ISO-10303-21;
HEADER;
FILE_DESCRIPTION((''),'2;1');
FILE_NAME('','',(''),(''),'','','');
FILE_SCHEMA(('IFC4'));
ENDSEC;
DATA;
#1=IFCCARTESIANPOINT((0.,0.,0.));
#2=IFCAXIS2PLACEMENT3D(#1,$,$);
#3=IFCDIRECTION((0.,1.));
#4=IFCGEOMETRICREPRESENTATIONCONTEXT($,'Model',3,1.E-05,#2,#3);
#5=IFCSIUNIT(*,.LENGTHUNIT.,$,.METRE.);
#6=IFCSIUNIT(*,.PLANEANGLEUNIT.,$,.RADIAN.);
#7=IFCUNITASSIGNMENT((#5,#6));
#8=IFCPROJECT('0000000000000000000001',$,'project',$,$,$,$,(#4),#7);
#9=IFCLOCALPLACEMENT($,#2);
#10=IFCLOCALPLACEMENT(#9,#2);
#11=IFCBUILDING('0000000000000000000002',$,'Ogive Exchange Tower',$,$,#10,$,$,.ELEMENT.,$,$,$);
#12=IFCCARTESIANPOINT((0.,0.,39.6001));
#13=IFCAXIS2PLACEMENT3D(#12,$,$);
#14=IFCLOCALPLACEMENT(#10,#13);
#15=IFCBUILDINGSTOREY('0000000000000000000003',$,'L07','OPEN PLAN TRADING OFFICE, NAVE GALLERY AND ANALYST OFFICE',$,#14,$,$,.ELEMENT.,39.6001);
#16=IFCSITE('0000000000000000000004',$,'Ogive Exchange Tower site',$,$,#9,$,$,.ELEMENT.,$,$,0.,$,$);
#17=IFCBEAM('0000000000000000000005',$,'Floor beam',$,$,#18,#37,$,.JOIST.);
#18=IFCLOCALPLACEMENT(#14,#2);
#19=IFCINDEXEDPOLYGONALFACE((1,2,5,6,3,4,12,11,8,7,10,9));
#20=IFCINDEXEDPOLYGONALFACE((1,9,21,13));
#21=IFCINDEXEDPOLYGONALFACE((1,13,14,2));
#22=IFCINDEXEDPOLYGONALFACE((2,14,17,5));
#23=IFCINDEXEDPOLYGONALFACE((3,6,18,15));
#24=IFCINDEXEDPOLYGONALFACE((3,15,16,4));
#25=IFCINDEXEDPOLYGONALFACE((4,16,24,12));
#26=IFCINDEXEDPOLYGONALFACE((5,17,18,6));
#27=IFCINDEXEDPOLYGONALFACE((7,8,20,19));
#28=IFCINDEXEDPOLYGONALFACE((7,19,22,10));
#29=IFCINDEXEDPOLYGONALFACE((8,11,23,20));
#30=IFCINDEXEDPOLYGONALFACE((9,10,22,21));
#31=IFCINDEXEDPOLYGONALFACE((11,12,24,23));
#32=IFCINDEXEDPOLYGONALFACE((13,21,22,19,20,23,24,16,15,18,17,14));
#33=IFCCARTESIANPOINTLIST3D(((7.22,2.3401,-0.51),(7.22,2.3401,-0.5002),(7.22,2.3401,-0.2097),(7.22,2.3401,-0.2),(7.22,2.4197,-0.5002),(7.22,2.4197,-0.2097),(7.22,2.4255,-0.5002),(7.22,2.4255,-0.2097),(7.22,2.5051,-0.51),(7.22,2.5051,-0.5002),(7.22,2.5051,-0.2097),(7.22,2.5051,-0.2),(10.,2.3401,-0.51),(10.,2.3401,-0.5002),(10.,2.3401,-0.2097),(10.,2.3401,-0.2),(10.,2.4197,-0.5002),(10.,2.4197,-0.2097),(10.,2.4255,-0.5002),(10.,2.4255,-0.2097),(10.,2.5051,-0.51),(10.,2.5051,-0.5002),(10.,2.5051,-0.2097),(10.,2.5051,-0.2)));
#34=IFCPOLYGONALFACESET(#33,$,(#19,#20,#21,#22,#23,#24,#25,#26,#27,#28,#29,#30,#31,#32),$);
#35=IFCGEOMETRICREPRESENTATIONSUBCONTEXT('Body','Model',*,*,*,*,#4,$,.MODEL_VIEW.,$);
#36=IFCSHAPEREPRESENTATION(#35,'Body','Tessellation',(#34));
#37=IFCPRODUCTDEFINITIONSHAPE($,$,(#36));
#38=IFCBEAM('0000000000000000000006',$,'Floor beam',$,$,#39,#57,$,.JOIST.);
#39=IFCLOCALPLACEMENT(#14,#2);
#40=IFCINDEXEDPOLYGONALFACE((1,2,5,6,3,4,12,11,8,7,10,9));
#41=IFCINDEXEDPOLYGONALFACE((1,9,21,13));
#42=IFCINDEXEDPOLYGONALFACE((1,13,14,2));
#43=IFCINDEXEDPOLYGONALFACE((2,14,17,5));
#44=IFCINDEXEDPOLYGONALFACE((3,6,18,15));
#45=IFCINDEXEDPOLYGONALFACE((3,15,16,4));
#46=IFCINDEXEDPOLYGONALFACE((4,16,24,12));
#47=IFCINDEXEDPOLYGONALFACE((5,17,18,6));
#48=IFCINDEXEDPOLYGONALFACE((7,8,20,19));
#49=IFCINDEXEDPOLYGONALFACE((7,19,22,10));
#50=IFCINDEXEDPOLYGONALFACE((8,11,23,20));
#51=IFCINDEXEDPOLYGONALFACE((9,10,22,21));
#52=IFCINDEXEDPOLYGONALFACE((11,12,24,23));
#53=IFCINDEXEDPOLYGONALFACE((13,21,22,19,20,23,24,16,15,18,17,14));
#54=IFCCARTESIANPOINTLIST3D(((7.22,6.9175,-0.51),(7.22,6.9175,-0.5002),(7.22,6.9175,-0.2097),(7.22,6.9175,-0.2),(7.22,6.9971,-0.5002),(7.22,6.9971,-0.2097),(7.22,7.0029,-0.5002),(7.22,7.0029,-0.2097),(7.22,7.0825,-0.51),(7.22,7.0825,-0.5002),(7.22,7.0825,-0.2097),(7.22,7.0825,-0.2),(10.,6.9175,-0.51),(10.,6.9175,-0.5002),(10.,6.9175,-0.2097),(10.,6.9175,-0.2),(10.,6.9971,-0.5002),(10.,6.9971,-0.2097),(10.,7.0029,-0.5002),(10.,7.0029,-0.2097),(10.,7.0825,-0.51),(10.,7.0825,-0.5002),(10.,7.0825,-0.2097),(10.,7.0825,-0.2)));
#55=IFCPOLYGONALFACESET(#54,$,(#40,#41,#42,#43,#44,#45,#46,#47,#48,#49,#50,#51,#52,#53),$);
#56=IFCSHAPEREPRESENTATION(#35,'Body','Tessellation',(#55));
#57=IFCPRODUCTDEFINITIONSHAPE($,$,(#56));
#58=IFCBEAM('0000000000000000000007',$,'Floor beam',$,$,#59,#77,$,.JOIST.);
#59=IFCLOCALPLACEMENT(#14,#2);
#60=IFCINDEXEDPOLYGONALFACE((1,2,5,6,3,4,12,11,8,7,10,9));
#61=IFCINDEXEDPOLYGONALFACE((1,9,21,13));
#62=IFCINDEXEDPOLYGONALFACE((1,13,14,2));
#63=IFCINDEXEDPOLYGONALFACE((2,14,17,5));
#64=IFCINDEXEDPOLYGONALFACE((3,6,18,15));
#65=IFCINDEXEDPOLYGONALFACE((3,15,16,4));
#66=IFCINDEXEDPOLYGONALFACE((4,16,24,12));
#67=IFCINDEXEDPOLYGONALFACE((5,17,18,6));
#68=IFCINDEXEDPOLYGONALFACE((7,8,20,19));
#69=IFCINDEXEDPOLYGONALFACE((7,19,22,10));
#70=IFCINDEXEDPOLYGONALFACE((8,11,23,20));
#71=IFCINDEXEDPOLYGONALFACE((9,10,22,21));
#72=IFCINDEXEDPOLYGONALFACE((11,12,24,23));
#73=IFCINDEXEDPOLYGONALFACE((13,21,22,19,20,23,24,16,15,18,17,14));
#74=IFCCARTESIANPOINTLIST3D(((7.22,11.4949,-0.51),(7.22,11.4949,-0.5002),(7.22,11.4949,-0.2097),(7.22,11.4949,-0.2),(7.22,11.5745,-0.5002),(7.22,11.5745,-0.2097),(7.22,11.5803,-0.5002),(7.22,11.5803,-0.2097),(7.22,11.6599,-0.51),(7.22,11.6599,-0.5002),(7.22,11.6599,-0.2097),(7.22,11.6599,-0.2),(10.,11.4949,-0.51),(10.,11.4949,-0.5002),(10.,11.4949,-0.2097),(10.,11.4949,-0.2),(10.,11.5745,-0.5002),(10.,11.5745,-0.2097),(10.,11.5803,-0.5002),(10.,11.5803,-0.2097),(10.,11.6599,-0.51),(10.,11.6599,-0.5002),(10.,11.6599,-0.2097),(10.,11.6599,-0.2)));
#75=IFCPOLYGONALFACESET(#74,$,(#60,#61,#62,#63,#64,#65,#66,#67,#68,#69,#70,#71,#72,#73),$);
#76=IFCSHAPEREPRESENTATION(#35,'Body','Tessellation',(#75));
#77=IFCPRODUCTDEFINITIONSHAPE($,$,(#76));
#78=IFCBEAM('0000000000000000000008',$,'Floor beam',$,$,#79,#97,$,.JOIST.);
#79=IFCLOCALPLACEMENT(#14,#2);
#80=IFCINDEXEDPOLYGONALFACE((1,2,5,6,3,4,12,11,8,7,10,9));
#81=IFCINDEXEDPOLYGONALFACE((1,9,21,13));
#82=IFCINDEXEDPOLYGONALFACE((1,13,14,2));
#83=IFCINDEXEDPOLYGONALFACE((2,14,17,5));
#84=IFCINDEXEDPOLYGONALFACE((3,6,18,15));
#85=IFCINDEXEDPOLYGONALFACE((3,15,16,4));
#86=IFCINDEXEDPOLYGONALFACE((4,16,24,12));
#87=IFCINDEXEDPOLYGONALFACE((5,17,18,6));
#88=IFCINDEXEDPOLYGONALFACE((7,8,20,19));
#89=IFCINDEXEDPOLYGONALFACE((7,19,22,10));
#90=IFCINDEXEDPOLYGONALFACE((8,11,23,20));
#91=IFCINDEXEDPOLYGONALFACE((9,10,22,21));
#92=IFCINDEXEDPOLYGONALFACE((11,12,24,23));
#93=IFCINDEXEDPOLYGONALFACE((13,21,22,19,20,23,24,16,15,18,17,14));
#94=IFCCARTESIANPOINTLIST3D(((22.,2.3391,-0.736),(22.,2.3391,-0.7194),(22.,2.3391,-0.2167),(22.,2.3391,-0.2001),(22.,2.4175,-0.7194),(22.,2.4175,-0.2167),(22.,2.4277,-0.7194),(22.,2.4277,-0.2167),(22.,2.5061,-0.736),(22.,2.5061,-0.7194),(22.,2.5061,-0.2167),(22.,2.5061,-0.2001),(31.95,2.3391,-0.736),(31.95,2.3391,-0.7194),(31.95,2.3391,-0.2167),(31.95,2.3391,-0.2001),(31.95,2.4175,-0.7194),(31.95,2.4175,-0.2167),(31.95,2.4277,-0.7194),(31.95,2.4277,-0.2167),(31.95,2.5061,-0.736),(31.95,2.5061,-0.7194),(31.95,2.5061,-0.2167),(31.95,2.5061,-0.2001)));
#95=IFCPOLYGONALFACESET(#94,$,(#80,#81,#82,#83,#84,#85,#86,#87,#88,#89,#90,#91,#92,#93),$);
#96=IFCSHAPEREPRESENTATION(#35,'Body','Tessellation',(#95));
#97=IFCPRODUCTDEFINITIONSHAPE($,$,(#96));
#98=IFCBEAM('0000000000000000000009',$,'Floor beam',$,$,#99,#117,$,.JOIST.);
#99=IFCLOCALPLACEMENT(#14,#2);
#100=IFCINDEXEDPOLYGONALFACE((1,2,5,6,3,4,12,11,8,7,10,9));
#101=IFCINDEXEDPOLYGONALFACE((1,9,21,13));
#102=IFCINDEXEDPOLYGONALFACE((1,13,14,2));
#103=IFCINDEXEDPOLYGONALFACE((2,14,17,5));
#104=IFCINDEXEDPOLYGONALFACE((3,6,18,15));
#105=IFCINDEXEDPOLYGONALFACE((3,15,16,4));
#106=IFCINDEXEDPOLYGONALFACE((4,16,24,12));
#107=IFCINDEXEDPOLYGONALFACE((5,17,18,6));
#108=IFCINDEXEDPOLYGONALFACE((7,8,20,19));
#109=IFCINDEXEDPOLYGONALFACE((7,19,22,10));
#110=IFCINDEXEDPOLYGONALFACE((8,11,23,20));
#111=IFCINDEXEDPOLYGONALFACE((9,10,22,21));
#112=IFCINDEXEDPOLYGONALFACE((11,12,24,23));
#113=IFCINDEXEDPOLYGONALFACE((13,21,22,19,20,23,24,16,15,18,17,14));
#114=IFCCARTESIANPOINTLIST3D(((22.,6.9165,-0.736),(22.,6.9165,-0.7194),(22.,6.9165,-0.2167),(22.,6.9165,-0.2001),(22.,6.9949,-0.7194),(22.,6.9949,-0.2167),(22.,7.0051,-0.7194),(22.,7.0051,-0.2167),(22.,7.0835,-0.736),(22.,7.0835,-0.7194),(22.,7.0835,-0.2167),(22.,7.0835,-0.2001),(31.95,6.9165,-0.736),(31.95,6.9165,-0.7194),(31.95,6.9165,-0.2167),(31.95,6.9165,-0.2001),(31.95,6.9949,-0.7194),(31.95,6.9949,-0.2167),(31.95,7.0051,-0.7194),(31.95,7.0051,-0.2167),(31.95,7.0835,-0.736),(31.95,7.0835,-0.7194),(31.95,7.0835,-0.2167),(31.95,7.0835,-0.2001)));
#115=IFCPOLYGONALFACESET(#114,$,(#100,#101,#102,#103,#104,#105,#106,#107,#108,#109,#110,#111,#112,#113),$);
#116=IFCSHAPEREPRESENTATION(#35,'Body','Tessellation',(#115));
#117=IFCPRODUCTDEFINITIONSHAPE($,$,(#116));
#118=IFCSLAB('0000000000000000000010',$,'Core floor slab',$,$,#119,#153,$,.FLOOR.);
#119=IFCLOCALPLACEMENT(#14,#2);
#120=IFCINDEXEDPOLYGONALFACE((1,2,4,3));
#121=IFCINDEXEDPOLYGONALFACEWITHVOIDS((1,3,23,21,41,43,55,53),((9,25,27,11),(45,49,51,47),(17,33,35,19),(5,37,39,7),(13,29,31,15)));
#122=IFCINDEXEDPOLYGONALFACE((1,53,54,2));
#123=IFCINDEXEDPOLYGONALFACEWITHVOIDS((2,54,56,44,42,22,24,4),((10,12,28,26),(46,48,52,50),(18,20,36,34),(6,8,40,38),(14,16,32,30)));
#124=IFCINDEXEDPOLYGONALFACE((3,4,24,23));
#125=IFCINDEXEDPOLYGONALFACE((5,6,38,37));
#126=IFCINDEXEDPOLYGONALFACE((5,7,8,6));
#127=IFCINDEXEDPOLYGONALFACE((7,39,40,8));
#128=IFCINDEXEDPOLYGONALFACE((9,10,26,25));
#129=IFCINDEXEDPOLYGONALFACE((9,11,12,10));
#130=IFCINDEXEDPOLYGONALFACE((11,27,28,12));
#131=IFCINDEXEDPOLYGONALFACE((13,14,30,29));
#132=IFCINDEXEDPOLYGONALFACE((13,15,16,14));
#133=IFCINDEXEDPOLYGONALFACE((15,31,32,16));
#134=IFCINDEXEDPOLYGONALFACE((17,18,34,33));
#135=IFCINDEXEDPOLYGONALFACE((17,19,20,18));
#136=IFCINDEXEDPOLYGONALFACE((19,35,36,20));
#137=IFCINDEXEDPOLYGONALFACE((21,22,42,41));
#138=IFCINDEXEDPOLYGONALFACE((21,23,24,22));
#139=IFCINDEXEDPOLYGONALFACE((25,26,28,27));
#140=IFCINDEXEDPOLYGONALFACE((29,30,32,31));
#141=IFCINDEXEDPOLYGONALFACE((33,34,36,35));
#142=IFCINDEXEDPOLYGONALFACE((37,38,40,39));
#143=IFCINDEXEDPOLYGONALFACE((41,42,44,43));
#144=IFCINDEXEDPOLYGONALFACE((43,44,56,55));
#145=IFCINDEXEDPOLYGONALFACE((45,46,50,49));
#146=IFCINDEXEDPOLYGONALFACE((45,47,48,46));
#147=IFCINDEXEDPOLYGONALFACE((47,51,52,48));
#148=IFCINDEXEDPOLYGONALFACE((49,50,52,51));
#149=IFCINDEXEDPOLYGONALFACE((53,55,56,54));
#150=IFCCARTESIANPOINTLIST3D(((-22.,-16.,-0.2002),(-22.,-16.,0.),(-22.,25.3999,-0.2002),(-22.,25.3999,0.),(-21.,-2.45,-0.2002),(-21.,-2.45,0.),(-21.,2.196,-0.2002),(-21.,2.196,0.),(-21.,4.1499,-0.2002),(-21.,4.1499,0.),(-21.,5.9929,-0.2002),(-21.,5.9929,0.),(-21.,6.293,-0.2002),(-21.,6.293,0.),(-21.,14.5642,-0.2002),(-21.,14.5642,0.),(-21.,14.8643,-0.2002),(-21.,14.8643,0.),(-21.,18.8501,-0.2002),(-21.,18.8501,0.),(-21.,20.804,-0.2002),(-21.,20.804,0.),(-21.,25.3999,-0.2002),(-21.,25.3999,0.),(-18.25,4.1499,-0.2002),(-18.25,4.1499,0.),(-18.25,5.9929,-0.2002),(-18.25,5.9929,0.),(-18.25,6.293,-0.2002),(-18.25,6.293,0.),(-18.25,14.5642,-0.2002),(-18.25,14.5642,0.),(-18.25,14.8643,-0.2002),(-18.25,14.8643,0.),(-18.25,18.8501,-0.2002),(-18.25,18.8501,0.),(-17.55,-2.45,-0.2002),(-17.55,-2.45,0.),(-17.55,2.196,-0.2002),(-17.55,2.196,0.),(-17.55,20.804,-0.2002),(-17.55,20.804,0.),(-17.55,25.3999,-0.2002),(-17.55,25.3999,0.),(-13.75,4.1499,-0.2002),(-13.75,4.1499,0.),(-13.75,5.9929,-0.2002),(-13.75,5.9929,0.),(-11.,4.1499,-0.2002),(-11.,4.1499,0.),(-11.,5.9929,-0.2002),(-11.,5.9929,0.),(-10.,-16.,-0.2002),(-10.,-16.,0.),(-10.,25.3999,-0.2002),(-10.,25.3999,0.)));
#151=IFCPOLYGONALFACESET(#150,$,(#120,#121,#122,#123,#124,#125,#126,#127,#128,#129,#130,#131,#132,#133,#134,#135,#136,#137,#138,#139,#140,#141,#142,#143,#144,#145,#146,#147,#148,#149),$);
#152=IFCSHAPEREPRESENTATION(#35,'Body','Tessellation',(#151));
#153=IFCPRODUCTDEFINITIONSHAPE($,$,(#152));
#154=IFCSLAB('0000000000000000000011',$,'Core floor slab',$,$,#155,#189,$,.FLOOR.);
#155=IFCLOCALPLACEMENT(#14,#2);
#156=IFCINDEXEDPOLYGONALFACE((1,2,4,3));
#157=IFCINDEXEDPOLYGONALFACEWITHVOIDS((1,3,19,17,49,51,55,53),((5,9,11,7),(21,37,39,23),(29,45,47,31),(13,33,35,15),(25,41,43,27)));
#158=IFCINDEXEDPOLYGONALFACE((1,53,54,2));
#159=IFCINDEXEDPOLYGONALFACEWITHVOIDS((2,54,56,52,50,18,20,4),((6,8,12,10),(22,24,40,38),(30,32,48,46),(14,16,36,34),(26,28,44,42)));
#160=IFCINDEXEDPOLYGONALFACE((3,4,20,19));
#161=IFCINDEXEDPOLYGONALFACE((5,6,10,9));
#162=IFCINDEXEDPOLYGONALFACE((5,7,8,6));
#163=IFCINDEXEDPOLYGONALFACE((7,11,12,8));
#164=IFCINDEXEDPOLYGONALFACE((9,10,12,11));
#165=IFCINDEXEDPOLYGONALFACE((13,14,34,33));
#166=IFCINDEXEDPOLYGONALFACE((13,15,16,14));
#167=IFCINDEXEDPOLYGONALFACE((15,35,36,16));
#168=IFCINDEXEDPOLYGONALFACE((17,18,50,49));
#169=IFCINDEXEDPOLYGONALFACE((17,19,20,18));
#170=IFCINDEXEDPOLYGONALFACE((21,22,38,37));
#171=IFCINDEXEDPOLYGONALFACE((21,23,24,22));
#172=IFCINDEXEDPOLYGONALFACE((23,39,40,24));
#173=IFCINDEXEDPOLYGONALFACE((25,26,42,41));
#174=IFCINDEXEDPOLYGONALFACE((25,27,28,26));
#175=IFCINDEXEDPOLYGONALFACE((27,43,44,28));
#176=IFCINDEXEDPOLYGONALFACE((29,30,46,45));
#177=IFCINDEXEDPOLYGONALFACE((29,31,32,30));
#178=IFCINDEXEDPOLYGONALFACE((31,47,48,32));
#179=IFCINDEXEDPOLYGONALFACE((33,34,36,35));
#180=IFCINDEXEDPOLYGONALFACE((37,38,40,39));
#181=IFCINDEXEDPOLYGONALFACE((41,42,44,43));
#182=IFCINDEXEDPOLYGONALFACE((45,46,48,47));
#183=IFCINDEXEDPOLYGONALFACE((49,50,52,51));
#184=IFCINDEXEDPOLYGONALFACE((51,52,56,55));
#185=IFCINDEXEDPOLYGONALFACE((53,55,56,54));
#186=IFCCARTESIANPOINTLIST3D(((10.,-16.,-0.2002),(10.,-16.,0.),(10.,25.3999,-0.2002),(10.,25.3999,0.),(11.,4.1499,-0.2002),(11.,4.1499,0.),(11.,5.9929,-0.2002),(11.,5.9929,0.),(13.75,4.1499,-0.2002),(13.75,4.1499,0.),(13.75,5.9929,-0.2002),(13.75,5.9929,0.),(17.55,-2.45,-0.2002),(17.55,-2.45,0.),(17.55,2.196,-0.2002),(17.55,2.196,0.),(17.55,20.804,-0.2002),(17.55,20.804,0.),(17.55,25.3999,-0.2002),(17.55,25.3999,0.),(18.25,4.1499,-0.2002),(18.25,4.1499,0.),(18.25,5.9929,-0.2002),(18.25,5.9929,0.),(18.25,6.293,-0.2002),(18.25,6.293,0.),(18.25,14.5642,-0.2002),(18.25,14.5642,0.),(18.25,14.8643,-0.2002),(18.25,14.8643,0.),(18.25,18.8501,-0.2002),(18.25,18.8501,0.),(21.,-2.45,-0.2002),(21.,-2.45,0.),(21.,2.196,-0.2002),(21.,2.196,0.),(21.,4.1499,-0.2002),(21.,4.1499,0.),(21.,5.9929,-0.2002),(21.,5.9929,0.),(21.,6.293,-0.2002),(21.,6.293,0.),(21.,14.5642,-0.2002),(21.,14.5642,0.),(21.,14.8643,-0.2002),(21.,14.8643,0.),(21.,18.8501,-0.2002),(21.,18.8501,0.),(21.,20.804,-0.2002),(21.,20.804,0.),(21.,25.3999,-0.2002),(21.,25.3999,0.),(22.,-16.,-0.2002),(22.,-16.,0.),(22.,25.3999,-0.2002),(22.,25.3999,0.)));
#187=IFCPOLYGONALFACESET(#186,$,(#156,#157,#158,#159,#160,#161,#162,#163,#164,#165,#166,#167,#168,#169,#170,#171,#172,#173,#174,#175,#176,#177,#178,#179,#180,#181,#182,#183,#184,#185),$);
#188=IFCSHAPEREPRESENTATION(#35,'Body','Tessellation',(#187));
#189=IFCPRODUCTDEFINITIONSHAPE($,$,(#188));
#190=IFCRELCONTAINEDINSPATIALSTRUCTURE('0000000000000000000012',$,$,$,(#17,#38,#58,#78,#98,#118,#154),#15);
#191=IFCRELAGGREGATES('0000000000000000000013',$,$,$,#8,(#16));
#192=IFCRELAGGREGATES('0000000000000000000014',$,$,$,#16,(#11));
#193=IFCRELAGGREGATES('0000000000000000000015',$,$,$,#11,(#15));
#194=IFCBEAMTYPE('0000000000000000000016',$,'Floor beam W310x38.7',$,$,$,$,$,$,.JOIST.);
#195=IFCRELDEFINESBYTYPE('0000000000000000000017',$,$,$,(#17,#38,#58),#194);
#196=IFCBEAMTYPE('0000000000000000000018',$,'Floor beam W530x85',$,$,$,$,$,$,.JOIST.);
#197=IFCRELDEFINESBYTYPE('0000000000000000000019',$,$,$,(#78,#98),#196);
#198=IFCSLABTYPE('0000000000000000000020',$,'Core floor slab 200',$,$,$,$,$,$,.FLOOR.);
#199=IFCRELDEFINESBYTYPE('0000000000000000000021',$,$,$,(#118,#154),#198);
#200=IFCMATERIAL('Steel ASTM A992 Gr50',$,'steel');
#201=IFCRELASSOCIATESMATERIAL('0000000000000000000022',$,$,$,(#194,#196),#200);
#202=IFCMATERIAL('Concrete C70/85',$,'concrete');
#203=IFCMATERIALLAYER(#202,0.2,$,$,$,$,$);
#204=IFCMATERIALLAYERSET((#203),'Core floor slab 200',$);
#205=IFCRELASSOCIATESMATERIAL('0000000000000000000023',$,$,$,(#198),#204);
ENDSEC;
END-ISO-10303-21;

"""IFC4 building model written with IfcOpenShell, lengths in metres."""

from ifc_helpers import new_model, si_unit, direction, frame, origin, origin_2d, place, context, subcontext, project, spatial, polyline, i_section, outline, extrude, material, layer, layer_set, material_profile, profile_set, type_object, element, save


model = new_model("IFC4")

# Units and contexts
model_context = context("Model", 3, precision=1e-05, world=origin(), true_north=direction((0.0, 1.0)))
body_context = subcontext(model_context, "Body", "Model", "MODEL_VIEW")
ifc_project = project(units=[si_unit("LENGTHUNIT", "METRE"), si_unit("PLANEANGLEUNIT", "RADIAN")], contexts=[model_context])

# Site, building, storey
site_placement = place(None, origin())
site = spatial("IfcSite", under=ifc_project, at=site_placement, Name="Ogive Exchange Tower site", CompositionType="ELEMENT", RefElevation=0.0)
building_placement = place(site_placement, origin())
building = spatial("IfcBuilding", under=site, at=building_placement, Name="Ogive Exchange Tower", CompositionType="ELEMENT")
storey_placement = place(building_placement, frame((0.0, 0.0, 39.6001)))
storey = spatial("IfcBuildingStorey", under=building, at=storey_placement, Name="L07", Description="OPEN PLAN TRADING OFFICE, NAVE GALLERY AND ANALYST OFFICE", CompositionType="ELEMENT", Elevation=39.6001)

# Beams
ifc_material_1 = material(Name="Steel ASTM A992 Gr50", Category="steel")
ifc_material_profile_1 = material_profile(ifc_material_1, i_section(OverallWidth=0.165, OverallDepth=0.3101, WebThickness=0.0059, FlangeThickness=0.0098, at=origin_2d()), Name="W310x38.7")
ifc_profile_set_1 = profile_set([ifc_material_profile_1], Name="Steel ASTM A992 Gr50")
beam_type_1 = type_object("IfcBeamType", Name="Floor beam W310x38.7", PredefinedType="JOIST", material=ifc_profile_set_1)
for number, where, z_axis, x_axis, name in (
    (1, (7.22, 2.4226, -0.355), (1.0, 0.0, 0.0), (0.0, 1.0, 0.0), "Floor beam"),
    (2, (7.22, 7.0, -0.355), (1.0, 0.0, 0.0), (0.0, 1.0, 0.0), "Floor beam"),
    (3, (7.22, 11.5774, -0.355), (1.0, 0.0, 0.0), (0.0, 1.0, 0.0), "Floor beam"),
):
    element("IfcBeam", number, at=place(storey_placement, frame(where, z_axis=z_axis, x_axis=x_axis)), inside=storey, type_object=beam_type_1, Name=name, PredefinedType="JOIST", context=body_context, shape_type="SweptSolid", body=[
        extrude(i_section(OverallWidth=0.165, OverallDepth=0.3101, WebThickness=0.0059, FlangeThickness=0.0098, at=origin_2d()), origin(), (0.0, 0.0, 1.0), 2.78),
    ])
ifc_material_profile_2 = material_profile(ifc_material_1, i_section(OverallWidth=0.167, OverallDepth=0.5359, WebThickness=0.0103, FlangeThickness=0.0166, at=origin_2d()), Name="W530x85")
ifc_profile_set_2 = profile_set([ifc_material_profile_2], Name="Steel ASTM A992 Gr50")
beam_type_2 = type_object("IfcBeamType", Name="Floor beam W530x85", PredefinedType="JOIST", material=ifc_profile_set_2)
for number, where, z_axis, x_axis, name in (
    (4, (22.0, 2.4226, -0.468), (1.0, 0.0, 0.0), (0.0, 1.0, 0.0), "Floor beam"),
    (5, (22.0, 7.0, -0.468), (1.0, 0.0, 0.0), (0.0, 1.0, 0.0), "Floor beam"),
):
    element("IfcBeam", number, at=place(storey_placement, frame(where, z_axis=z_axis, x_axis=x_axis)), inside=storey, type_object=beam_type_2, Name=name, PredefinedType="JOIST", context=body_context, shape_type="SweptSolid", body=[
        extrude(i_section(OverallWidth=0.167, OverallDepth=0.5359, WebThickness=0.0103, FlangeThickness=0.0166, at=origin_2d()), origin(), (0.0, 0.0, 1.0), 9.95),
    ])

# Slabs
ifc_material_2 = material(Name="Concrete C70/85", Category="concrete")
ifc_layer_1 = layer(ifc_material_2, 0.2)
ifc_layer_set_1 = layer_set([ifc_layer_1], Name="Core floor slab 200")
slab_type_1 = type_object("IfcSlabType", Name="Core floor slab 200", PredefinedType="FLOOR", material=ifc_layer_set_1)
slab_1_placement = place(storey_placement, frame((0.0, 0.0, -0.2002)))
element("IfcSlab", 6, at=slab_1_placement, inside=storey, type_object=slab_type_1, Name="Core floor slab", PredefinedType="FLOOR", context=body_context, shape_type="SweptSolid", body=[
    extrude(outline(polyline([(-10.0, 25.3999), (-10.0, -16.0), (-22.0, -16.0), (-22.0, 25.3999), (-21.0, 25.3999), (-21.0, 20.804), (-17.55, 20.804), (-17.55, 25.3999), (-10.0, 25.3999)]), holes=[polyline([(-17.55, 2.196), (-21.0, 2.196), (-21.0, -2.45), (-17.55, -2.45), (-17.55, 2.196)]), polyline([(-18.25, 5.9929), (-21.0, 5.9929), (-21.0, 4.1499), (-18.25, 4.1499), (-18.25, 5.9929)]), polyline([(-11.0, 5.9929), (-13.75, 5.9929), (-13.75, 4.1499), (-11.0, 4.1499), (-11.0, 5.9929)]), polyline([(-21.0, 14.5642), (-21.0, 6.293), (-18.25, 6.293), (-18.25, 14.5642), (-21.0, 14.5642)]), polyline([(-18.25, 18.8501), (-21.0, 18.8501), (-21.0, 14.8643), (-18.25, 14.8643), (-18.25, 18.8501)])]), origin(), (0.0, 0.0, 1.0), 0.2002),
])
slab_2_placement = place(storey_placement, frame((0.0, 0.0, -0.2002)))
element("IfcSlab", 7, at=slab_2_placement, inside=storey, type_object=slab_type_1, Name="Core floor slab", PredefinedType="FLOOR", context=body_context, shape_type="SweptSolid", body=[
    extrude(outline(polyline([(22.0, 25.3999), (22.0, -16.0), (10.0, -16.0), (10.0, 25.3999), (17.55, 25.3999), (17.55, 20.804), (21.0, 20.804), (21.0, 25.3999), (22.0, 25.3999)]), holes=[polyline([(21.0, 2.196), (17.55, 2.196), (17.55, -2.45), (21.0, -2.45), (21.0, 2.196)]), polyline([(13.75, 5.9929), (11.0, 5.9929), (11.0, 4.1499), (13.75, 4.1499), (13.75, 5.9929)]), polyline([(21.0, 5.9929), (18.25, 5.9929), (18.25, 4.1499), (21.0, 4.1499), (21.0, 5.9929)]), polyline([(18.25, 14.5642), (18.25, 6.293), (21.0, 6.293), (21.0, 14.5642), (18.25, 14.5642)]), polyline([(21.0, 18.8501), (18.25, 18.8501), (18.25, 14.8643), (21.0, 14.8643), (21.0, 18.8501)])]), origin(), (0.0, 0.0, 1.0), 0.2002),
])

save(model, "model.ifc")
